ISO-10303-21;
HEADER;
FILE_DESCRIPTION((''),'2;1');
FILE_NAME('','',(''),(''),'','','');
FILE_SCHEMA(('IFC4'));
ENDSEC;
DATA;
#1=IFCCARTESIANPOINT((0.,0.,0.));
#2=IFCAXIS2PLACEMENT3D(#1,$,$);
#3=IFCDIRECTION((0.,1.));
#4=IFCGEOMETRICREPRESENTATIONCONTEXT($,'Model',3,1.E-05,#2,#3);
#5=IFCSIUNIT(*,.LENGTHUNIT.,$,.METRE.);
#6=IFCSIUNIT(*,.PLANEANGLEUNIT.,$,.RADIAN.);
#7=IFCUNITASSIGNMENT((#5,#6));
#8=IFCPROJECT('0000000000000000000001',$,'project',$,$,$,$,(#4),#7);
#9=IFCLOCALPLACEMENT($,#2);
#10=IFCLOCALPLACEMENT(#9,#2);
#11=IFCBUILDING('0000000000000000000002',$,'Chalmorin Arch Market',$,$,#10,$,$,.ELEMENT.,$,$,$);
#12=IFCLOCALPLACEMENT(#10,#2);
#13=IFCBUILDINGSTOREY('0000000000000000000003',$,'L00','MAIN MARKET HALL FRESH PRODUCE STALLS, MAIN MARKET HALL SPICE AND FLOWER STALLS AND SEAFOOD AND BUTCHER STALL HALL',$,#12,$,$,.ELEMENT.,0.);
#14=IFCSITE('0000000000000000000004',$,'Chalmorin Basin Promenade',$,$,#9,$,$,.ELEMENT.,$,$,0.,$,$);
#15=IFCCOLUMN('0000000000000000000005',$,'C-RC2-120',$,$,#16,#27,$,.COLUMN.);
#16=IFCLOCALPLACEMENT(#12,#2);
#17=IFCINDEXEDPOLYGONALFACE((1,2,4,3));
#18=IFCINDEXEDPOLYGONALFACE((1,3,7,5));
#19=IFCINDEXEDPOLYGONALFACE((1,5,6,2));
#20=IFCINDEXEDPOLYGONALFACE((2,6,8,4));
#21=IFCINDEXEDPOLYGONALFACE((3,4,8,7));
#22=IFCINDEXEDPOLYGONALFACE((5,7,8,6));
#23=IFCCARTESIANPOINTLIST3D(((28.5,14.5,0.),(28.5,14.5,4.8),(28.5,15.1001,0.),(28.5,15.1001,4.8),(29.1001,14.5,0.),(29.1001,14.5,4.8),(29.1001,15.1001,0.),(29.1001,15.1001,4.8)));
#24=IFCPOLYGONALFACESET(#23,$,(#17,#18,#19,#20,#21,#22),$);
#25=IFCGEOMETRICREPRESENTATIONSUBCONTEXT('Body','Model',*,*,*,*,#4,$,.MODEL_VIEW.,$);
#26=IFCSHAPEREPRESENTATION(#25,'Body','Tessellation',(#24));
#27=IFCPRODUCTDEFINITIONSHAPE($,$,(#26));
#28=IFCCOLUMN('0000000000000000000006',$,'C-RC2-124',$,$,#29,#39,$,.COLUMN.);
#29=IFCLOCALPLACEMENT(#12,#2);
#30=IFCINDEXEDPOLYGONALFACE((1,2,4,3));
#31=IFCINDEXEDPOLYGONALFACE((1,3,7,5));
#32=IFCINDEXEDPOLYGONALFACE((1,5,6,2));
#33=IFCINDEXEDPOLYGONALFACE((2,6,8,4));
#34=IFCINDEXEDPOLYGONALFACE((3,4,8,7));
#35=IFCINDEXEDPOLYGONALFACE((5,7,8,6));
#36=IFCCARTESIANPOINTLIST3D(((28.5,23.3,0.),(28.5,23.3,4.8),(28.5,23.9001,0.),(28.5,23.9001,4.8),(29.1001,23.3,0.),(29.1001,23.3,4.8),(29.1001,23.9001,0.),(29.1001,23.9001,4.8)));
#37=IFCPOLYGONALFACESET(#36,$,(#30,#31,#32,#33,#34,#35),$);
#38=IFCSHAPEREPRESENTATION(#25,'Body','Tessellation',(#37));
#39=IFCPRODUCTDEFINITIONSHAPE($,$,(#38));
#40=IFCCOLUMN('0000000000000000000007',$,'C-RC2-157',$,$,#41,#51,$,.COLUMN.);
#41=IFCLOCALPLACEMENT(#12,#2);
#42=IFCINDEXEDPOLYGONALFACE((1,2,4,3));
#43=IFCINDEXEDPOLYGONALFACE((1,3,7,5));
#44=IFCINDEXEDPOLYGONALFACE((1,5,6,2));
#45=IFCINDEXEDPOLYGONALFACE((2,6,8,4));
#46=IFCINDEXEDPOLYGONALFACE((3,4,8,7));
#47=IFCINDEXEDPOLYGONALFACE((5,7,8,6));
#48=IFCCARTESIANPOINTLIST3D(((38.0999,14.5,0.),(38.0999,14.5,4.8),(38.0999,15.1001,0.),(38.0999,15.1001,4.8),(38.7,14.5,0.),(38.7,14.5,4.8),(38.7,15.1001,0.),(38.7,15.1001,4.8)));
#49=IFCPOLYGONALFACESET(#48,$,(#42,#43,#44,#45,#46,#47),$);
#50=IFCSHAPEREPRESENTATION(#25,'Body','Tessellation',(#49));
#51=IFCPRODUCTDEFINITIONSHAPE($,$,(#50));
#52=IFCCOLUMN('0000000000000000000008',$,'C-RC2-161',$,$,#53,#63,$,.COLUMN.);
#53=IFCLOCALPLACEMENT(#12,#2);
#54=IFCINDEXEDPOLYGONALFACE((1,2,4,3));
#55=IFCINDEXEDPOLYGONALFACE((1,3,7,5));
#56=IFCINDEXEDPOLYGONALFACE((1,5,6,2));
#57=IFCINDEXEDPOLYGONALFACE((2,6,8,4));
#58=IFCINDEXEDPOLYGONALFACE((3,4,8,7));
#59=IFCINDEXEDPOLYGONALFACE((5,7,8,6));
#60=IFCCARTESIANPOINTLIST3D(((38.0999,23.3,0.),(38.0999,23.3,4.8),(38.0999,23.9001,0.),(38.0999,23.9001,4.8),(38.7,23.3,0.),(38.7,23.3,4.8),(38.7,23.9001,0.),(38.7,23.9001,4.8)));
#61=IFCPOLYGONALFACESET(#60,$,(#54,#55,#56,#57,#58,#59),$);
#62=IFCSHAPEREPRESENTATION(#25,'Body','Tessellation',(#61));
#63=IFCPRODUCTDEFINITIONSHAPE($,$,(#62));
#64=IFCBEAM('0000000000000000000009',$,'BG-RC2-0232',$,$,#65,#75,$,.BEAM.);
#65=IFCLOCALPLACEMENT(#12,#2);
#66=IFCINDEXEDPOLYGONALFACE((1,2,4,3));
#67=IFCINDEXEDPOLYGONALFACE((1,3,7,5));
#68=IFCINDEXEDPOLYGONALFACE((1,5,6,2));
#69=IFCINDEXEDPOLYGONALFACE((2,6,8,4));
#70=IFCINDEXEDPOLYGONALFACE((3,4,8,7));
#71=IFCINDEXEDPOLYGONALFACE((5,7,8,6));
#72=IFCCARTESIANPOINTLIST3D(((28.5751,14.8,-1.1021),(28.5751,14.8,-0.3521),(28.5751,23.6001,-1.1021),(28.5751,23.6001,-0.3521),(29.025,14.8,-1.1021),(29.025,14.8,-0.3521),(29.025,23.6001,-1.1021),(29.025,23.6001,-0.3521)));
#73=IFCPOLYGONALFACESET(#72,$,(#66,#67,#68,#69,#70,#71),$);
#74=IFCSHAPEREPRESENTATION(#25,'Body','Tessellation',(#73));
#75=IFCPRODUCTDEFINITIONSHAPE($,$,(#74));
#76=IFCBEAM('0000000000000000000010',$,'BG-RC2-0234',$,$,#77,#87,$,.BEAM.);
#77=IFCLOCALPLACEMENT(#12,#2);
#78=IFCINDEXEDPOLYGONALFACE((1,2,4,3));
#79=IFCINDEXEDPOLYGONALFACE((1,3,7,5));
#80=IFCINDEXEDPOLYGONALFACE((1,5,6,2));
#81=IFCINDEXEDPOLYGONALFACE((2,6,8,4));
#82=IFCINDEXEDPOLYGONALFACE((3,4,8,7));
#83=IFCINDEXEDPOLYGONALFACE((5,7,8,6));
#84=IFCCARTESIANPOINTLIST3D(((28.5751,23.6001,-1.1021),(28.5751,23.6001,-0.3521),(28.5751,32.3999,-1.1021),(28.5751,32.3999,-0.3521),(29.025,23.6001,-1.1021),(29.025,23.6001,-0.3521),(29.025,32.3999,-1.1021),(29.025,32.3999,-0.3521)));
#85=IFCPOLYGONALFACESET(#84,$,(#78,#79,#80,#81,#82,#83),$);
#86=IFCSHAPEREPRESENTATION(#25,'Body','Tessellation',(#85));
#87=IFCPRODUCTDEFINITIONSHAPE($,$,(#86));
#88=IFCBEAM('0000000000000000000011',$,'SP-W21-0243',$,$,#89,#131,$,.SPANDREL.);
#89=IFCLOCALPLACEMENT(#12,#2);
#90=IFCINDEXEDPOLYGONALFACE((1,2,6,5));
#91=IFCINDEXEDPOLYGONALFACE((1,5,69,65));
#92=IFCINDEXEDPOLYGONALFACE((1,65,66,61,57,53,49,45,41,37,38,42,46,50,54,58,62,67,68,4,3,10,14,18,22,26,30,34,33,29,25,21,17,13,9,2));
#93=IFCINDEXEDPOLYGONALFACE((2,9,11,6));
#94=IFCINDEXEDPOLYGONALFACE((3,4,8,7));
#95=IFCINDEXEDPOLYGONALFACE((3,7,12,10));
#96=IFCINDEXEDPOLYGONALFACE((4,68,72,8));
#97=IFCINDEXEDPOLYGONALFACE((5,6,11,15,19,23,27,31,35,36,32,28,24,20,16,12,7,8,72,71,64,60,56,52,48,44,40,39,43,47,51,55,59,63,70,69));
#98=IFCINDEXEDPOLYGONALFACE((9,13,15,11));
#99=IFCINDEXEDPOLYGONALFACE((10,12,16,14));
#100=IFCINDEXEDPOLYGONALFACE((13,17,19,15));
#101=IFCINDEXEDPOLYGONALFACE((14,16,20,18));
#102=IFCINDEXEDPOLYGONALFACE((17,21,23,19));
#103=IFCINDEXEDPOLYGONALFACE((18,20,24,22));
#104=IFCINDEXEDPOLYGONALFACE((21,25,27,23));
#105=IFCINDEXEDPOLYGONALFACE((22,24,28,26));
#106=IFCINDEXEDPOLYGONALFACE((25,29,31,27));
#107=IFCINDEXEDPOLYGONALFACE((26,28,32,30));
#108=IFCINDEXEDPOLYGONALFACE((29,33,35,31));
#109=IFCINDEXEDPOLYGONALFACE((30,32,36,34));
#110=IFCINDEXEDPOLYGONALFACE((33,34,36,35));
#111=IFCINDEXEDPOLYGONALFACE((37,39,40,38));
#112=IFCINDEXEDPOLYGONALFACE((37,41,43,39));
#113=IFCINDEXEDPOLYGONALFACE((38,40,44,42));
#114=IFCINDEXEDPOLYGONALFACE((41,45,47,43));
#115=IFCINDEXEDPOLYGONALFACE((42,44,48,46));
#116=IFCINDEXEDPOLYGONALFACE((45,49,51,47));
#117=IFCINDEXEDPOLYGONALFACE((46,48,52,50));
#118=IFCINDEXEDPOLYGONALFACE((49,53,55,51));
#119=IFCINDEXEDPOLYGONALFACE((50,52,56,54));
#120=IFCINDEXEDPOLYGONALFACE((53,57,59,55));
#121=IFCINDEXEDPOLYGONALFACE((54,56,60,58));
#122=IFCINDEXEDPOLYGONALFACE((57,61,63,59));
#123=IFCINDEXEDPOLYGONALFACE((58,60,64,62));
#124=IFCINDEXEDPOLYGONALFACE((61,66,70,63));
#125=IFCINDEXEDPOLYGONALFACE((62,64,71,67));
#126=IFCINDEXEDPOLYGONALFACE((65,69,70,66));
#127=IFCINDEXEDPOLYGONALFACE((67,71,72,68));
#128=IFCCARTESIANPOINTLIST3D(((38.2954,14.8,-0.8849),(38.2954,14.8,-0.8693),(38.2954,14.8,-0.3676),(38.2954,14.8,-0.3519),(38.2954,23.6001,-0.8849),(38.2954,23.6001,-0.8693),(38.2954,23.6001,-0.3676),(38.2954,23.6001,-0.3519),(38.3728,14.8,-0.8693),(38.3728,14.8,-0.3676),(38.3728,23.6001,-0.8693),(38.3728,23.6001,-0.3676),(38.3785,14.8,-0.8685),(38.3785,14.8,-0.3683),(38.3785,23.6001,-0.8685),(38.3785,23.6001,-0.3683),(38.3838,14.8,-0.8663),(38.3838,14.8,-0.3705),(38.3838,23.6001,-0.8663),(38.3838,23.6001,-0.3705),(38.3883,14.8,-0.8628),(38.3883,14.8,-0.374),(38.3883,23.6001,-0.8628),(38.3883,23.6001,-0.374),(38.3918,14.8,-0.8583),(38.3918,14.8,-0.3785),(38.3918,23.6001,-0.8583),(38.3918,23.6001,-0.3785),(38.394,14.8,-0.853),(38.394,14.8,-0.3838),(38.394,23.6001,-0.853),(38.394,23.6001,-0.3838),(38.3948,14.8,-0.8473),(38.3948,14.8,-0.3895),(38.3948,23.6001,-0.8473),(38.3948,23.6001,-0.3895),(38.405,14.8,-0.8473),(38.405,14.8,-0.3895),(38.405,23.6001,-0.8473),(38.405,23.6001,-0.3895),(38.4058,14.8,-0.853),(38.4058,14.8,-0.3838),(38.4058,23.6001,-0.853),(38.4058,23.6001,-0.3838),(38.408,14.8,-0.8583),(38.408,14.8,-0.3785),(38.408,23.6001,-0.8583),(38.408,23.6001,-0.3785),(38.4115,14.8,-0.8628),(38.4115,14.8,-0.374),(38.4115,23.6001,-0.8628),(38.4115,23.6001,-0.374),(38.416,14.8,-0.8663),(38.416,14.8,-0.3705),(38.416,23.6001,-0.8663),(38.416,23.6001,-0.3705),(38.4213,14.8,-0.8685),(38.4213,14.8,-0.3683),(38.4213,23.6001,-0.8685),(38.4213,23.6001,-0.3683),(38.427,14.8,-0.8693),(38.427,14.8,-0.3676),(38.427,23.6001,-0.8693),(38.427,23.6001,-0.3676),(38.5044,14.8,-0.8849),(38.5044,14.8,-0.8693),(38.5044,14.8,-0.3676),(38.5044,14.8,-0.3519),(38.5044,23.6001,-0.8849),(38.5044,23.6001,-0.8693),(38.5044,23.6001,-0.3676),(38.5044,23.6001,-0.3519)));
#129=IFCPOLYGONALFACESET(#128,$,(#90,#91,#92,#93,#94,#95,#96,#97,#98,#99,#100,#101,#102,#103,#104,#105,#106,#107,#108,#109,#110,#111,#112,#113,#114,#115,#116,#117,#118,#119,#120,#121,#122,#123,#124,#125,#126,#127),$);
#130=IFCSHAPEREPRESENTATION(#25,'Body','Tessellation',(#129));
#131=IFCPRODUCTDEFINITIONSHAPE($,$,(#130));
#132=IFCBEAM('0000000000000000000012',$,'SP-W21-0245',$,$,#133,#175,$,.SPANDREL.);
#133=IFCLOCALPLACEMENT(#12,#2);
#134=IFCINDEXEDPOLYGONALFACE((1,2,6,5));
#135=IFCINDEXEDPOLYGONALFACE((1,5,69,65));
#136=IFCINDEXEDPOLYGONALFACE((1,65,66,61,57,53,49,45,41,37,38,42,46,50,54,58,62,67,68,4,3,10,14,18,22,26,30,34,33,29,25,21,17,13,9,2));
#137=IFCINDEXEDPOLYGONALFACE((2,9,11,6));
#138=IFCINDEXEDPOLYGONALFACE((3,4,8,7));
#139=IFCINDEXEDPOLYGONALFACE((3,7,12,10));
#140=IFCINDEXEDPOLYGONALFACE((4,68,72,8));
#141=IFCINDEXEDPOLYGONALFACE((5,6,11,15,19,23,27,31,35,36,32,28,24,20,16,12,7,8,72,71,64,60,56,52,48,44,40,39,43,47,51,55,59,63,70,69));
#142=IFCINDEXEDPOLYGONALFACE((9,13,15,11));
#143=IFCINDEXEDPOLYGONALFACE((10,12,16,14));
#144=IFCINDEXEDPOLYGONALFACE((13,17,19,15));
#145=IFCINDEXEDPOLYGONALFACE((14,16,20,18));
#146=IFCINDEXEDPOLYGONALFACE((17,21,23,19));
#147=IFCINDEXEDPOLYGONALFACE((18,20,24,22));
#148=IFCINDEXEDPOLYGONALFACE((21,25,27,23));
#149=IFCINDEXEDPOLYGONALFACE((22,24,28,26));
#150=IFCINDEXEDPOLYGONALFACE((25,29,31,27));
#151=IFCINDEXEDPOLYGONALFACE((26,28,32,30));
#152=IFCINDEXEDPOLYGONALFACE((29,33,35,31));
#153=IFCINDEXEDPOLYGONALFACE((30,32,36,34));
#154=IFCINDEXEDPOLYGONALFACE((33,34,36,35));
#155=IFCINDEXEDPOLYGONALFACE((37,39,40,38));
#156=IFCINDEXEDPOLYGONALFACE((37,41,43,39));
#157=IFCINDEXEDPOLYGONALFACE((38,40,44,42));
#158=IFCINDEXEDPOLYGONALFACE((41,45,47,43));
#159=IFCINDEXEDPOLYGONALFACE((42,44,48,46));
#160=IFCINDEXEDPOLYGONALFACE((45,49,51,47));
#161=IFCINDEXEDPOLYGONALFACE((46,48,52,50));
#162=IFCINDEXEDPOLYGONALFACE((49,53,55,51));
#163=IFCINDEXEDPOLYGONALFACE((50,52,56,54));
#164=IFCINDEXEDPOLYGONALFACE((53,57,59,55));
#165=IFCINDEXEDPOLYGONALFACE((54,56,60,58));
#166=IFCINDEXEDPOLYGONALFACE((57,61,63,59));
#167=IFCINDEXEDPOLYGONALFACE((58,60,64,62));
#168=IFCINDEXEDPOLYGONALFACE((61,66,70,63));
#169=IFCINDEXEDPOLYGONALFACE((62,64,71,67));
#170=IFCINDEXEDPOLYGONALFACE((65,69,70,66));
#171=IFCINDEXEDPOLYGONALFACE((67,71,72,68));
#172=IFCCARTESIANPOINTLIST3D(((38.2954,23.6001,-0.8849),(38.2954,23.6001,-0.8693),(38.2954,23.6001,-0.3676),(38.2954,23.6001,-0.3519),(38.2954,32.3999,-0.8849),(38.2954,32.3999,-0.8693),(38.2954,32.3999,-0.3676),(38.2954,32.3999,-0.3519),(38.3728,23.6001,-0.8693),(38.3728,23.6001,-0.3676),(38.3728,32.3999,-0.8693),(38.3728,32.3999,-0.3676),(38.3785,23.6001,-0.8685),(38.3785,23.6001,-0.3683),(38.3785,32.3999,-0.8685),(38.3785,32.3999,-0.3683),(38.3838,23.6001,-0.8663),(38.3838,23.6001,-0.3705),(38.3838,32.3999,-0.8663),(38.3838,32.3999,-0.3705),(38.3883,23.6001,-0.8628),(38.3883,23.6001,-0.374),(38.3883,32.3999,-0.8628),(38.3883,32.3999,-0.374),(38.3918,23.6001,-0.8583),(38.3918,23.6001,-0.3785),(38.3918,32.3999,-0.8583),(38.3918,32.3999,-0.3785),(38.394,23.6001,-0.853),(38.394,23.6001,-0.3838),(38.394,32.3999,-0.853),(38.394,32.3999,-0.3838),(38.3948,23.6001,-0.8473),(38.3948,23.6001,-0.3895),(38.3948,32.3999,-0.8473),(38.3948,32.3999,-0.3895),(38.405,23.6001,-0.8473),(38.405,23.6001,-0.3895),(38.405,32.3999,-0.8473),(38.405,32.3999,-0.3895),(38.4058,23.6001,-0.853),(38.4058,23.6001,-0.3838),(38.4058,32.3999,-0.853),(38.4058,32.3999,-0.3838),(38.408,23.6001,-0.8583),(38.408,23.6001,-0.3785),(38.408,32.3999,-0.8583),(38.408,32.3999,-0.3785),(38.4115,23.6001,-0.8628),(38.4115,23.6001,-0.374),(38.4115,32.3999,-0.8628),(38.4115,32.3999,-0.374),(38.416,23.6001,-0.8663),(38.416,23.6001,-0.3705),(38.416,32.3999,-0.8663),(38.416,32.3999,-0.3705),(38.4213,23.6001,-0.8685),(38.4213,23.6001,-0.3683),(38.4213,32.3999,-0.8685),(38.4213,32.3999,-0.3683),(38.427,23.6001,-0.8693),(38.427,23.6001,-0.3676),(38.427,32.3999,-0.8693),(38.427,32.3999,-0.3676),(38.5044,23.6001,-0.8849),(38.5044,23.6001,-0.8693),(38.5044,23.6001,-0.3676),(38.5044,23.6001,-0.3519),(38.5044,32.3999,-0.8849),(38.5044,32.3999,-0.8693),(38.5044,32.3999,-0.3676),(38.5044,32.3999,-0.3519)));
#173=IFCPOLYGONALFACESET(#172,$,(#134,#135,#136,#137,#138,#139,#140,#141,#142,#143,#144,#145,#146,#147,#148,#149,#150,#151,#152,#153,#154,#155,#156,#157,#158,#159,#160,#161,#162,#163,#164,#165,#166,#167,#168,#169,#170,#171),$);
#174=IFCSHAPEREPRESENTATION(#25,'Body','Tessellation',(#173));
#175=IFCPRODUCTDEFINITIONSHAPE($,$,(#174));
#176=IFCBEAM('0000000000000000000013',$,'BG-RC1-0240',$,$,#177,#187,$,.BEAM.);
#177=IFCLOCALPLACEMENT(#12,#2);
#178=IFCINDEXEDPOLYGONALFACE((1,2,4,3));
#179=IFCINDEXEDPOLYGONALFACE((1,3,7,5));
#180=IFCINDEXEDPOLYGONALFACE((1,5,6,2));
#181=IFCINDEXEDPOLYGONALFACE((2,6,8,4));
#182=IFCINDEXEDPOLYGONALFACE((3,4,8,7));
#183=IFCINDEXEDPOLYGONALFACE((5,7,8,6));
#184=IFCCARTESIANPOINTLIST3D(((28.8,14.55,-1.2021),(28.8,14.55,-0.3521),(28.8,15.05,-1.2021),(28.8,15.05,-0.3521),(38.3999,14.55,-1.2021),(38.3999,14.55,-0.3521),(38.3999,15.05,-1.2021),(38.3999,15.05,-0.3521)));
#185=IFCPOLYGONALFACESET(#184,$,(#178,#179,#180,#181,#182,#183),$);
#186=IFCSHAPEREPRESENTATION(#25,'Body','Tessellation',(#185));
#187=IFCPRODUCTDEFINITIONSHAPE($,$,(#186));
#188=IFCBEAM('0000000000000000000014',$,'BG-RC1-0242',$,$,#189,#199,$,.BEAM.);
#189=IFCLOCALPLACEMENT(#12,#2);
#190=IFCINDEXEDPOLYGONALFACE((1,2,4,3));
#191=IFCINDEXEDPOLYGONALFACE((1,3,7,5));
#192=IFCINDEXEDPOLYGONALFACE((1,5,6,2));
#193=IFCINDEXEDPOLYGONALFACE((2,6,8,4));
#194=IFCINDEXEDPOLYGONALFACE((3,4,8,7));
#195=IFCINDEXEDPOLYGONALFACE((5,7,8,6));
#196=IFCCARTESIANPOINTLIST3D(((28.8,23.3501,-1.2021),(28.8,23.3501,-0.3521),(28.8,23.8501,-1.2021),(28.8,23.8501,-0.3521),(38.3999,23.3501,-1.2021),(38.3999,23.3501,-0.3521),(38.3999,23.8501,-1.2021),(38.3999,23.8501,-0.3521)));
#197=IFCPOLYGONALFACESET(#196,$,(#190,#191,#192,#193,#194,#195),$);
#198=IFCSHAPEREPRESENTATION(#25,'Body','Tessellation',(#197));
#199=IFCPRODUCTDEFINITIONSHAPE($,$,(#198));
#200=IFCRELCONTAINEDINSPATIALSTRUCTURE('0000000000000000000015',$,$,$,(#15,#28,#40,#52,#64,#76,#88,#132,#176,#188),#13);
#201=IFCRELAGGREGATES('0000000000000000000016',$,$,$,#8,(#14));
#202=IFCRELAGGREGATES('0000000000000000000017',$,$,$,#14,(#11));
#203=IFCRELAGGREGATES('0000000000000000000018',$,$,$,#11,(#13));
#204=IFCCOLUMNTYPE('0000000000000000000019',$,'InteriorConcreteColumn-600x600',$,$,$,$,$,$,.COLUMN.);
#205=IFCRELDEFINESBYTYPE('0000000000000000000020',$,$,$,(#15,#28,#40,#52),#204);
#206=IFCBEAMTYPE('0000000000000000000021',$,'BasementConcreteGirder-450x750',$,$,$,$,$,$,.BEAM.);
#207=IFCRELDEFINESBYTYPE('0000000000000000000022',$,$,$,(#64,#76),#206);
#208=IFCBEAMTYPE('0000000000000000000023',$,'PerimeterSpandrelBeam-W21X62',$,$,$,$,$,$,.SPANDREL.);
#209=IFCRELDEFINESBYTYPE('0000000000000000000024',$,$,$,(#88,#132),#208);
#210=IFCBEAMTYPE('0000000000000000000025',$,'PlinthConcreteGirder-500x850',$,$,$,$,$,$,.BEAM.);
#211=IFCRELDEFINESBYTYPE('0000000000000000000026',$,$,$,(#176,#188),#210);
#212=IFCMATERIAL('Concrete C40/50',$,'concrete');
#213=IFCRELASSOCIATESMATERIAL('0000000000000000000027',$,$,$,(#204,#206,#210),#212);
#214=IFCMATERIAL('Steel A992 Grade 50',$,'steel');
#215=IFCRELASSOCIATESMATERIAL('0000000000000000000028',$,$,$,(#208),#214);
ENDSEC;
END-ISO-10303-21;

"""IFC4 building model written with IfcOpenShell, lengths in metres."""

from ifc_helpers import new_model, si_unit, direction, frame, origin, origin_2d, place, context, subcontext, project, spatial, rectangle, i_section, extrude, material, material_profile, profile_set, type_object, element, save


model = new_model("IFC4")

# Units and contexts
model_context = context("Model", 3, precision=1e-05, world=origin(), true_north=direction((0.0, 1.0)))
body_context = subcontext(model_context, "Body", "Model", "MODEL_VIEW")
ifc_project = project(units=[si_unit("LENGTHUNIT", "METRE"), si_unit("PLANEANGLEUNIT", "RADIAN")], contexts=[model_context])

# Site, building, storey
site_placement = place(None, origin())
site = spatial("IfcSite", under=ifc_project, at=site_placement, Name="Chalmorin Basin Promenade", CompositionType="ELEMENT", RefElevation=0.0)
building_placement = place(site_placement, origin())
building = spatial("IfcBuilding", under=site, at=building_placement, Name="Chalmorin Arch Market", CompositionType="ELEMENT")
storey_placement = place(building_placement, origin())
storey = spatial("IfcBuildingStorey", under=building, at=storey_placement, Name="L00", Description="MAIN MARKET HALL FRESH PRODUCE STALLS, MAIN MARKET HALL SPICE AND FLOWER STALLS AND SEAFOOD AND BUTCHER STALL HALL", CompositionType="ELEMENT", Elevation=0.0)

# Columns
ifc_material_1 = material(Name="Concrete C40/50", Category="concrete")
ifc_material_profile_1 = material_profile(ifc_material_1, rectangle(XDim=0.6001, YDim=0.6001, at=origin_2d()), Name="RC600X600")
ifc_profile_set_1 = profile_set([ifc_material_profile_1], Name="Concrete C40/50")
column_type = type_object("IfcColumnType", Name="InteriorConcreteColumn-600x600", PredefinedType="COLUMN", material=ifc_profile_set_1)
for number, where, z_axis, x_axis, name in (
    (1, (28.8, 14.8, 0.0), (0.0, 0.0, 1.0), (1.0, 0.0, 0.0), "C-RC2-120"),
    (2, (28.8, 23.6001, 0.0), (0.0, 0.0, 1.0), (1.0, 0.0, 0.0), "C-RC2-124"),
    (3, (38.3999, 14.8, 0.0), (0.0, 0.0, 1.0), (1.0, 0.0, 0.0), "C-RC2-157"),
    (4, (38.3999, 23.6001, 0.0), (0.0, 0.0, 1.0), (1.0, 0.0, 0.0), "C-RC2-161"),
):
    element("IfcColumn", number, at=place(storey_placement, frame(where, z_axis=z_axis, x_axis=x_axis)), inside=storey, type_object=column_type, Name=name, PredefinedType="COLUMN", context=body_context, shape_type="SweptSolid", body=[
        extrude(rectangle(XDim=0.6001, YDim=0.6001, at=origin_2d()), origin(), (0.0, 0.0, 1.0), 4.8),
    ])

# Beams
ifc_material_profile_2 = material_profile(ifc_material_1, rectangle(XDim=0.45, YDim=0.75, at=origin_2d()), Name="RC450X750")
ifc_profile_set_2 = profile_set([ifc_material_profile_2], Name="Concrete C40/50")
beam_type_1 = type_object("IfcBeamType", Name="BasementConcreteGirder-450x750", PredefinedType="BEAM", material=ifc_profile_set_2)
beam_1_placement = place(storey_placement, frame((28.8, 14.8, -0.7271), z_axis=(0.0, 1.0, 0.0), x_axis=(-1.0, 0.0, 0.0)))
element("IfcBeam", 5, at=beam_1_placement, inside=storey, type_object=beam_type_1, Name="BG-RC2-0232", PredefinedType="BEAM", context=body_context, shape_type="SweptSolid", body=[
    extrude(rectangle(XDim=0.45, YDim=0.75, at=origin_2d()), origin(), (0.0, 0.0, 1.0), 8.8),
])
beam_2_placement = place(storey_placement, frame((28.8, 23.6001, -0.7271), z_axis=(0.0, 1.0, 0.0), x_axis=(-1.0, 0.0, 0.0)))
element("IfcBeam", 6, at=beam_2_placement, inside=storey, type_object=beam_type_1, Name="BG-RC2-0234", PredefinedType="BEAM", context=body_context, shape_type="SweptSolid", body=[
    extrude(rectangle(XDim=0.45, YDim=0.75, at=origin_2d()), origin(), (0.0, 0.0, 1.0), 8.7998),
])
ifc_material_2 = material(Name="Steel A992 Grade 50", Category="steel")
ifc_material_profile_3 = material_profile(ifc_material_2, i_section(OverallWidth=0.209, OverallDepth=0.533, WebThickness=0.0103, FlangeThickness=0.0156, FilletRadius=0.022, at=origin_2d()), Name="W21X62")
ifc_profile_set_3 = profile_set([ifc_material_profile_3], Name="Steel A992 Grade 50")
beam_type_2 = type_object("IfcBeamType", Name="PerimeterSpandrelBeam-W21X62", PredefinedType="SPANDREL", material=ifc_profile_set_3)
beam_3_placement = place(storey_placement, frame((38.3999, 14.8, -0.6184), z_axis=(0.0, 1.0, 0.0), x_axis=(-1.0, 0.0, 0.0)))
element("IfcBeam", 7, at=beam_3_placement, inside=storey, type_object=beam_type_2, Name="SP-W21-0243", PredefinedType="SPANDREL", context=body_context, shape_type="SweptSolid", body=[
    extrude(i_section(OverallWidth=0.209, OverallDepth=0.533, WebThickness=0.0103, FlangeThickness=0.0156, FilletRadius=0.022, at=origin_2d()), origin(), (0.0, 0.0, 1.0), 8.8),
])
beam_4_placement = place(storey_placement, frame((38.3999, 23.6001, -0.6184), z_axis=(0.0, 1.0, 0.0), x_axis=(-1.0, 0.0, 0.0)))
element("IfcBeam", 8, at=beam_4_placement, inside=storey, type_object=beam_type_2, Name="SP-W21-0245", PredefinedType="SPANDREL", context=body_context, shape_type="SweptSolid", body=[
    extrude(i_section(OverallWidth=0.209, OverallDepth=0.533, WebThickness=0.0103, FlangeThickness=0.0156, FilletRadius=0.022, at=origin_2d()), origin(), (0.0, 0.0, 1.0), 8.7998),
])
ifc_material_profile_4 = material_profile(ifc_material_1, rectangle(XDim=0.5, YDim=0.8501, at=origin_2d()), Name="RC500X850")
ifc_profile_set_4 = profile_set([ifc_material_profile_4], Name="Concrete C40/50")
beam_type_3 = type_object("IfcBeamType", Name="PlinthConcreteGirder-500x850", PredefinedType="BEAM", material=ifc_profile_set_4)
for number, where, z_axis, x_axis, name in (
    (9, (28.8, 14.8, -0.7771), (1.0, 0.0, 0.0), (0.0, 1.0, 0.0), "BG-RC1-0240"),
    (10, (28.8, 23.6001, -0.7771), (1.0, 0.0, 0.0), (0.0, 1.0, 0.0), "BG-RC1-0242"),
):
    element("IfcBeam", number, at=place(storey_placement, frame(where, z_axis=z_axis, x_axis=x_axis)), inside=storey, type_object=beam_type_3, Name=name, PredefinedType="BEAM", context=body_context, shape_type="SweptSolid", body=[
        extrude(rectangle(XDim=0.5, YDim=0.8501, at=origin_2d()), origin(), (0.0, 0.0, 1.0), 9.5999),
    ])

save(model, "model.ifc")
